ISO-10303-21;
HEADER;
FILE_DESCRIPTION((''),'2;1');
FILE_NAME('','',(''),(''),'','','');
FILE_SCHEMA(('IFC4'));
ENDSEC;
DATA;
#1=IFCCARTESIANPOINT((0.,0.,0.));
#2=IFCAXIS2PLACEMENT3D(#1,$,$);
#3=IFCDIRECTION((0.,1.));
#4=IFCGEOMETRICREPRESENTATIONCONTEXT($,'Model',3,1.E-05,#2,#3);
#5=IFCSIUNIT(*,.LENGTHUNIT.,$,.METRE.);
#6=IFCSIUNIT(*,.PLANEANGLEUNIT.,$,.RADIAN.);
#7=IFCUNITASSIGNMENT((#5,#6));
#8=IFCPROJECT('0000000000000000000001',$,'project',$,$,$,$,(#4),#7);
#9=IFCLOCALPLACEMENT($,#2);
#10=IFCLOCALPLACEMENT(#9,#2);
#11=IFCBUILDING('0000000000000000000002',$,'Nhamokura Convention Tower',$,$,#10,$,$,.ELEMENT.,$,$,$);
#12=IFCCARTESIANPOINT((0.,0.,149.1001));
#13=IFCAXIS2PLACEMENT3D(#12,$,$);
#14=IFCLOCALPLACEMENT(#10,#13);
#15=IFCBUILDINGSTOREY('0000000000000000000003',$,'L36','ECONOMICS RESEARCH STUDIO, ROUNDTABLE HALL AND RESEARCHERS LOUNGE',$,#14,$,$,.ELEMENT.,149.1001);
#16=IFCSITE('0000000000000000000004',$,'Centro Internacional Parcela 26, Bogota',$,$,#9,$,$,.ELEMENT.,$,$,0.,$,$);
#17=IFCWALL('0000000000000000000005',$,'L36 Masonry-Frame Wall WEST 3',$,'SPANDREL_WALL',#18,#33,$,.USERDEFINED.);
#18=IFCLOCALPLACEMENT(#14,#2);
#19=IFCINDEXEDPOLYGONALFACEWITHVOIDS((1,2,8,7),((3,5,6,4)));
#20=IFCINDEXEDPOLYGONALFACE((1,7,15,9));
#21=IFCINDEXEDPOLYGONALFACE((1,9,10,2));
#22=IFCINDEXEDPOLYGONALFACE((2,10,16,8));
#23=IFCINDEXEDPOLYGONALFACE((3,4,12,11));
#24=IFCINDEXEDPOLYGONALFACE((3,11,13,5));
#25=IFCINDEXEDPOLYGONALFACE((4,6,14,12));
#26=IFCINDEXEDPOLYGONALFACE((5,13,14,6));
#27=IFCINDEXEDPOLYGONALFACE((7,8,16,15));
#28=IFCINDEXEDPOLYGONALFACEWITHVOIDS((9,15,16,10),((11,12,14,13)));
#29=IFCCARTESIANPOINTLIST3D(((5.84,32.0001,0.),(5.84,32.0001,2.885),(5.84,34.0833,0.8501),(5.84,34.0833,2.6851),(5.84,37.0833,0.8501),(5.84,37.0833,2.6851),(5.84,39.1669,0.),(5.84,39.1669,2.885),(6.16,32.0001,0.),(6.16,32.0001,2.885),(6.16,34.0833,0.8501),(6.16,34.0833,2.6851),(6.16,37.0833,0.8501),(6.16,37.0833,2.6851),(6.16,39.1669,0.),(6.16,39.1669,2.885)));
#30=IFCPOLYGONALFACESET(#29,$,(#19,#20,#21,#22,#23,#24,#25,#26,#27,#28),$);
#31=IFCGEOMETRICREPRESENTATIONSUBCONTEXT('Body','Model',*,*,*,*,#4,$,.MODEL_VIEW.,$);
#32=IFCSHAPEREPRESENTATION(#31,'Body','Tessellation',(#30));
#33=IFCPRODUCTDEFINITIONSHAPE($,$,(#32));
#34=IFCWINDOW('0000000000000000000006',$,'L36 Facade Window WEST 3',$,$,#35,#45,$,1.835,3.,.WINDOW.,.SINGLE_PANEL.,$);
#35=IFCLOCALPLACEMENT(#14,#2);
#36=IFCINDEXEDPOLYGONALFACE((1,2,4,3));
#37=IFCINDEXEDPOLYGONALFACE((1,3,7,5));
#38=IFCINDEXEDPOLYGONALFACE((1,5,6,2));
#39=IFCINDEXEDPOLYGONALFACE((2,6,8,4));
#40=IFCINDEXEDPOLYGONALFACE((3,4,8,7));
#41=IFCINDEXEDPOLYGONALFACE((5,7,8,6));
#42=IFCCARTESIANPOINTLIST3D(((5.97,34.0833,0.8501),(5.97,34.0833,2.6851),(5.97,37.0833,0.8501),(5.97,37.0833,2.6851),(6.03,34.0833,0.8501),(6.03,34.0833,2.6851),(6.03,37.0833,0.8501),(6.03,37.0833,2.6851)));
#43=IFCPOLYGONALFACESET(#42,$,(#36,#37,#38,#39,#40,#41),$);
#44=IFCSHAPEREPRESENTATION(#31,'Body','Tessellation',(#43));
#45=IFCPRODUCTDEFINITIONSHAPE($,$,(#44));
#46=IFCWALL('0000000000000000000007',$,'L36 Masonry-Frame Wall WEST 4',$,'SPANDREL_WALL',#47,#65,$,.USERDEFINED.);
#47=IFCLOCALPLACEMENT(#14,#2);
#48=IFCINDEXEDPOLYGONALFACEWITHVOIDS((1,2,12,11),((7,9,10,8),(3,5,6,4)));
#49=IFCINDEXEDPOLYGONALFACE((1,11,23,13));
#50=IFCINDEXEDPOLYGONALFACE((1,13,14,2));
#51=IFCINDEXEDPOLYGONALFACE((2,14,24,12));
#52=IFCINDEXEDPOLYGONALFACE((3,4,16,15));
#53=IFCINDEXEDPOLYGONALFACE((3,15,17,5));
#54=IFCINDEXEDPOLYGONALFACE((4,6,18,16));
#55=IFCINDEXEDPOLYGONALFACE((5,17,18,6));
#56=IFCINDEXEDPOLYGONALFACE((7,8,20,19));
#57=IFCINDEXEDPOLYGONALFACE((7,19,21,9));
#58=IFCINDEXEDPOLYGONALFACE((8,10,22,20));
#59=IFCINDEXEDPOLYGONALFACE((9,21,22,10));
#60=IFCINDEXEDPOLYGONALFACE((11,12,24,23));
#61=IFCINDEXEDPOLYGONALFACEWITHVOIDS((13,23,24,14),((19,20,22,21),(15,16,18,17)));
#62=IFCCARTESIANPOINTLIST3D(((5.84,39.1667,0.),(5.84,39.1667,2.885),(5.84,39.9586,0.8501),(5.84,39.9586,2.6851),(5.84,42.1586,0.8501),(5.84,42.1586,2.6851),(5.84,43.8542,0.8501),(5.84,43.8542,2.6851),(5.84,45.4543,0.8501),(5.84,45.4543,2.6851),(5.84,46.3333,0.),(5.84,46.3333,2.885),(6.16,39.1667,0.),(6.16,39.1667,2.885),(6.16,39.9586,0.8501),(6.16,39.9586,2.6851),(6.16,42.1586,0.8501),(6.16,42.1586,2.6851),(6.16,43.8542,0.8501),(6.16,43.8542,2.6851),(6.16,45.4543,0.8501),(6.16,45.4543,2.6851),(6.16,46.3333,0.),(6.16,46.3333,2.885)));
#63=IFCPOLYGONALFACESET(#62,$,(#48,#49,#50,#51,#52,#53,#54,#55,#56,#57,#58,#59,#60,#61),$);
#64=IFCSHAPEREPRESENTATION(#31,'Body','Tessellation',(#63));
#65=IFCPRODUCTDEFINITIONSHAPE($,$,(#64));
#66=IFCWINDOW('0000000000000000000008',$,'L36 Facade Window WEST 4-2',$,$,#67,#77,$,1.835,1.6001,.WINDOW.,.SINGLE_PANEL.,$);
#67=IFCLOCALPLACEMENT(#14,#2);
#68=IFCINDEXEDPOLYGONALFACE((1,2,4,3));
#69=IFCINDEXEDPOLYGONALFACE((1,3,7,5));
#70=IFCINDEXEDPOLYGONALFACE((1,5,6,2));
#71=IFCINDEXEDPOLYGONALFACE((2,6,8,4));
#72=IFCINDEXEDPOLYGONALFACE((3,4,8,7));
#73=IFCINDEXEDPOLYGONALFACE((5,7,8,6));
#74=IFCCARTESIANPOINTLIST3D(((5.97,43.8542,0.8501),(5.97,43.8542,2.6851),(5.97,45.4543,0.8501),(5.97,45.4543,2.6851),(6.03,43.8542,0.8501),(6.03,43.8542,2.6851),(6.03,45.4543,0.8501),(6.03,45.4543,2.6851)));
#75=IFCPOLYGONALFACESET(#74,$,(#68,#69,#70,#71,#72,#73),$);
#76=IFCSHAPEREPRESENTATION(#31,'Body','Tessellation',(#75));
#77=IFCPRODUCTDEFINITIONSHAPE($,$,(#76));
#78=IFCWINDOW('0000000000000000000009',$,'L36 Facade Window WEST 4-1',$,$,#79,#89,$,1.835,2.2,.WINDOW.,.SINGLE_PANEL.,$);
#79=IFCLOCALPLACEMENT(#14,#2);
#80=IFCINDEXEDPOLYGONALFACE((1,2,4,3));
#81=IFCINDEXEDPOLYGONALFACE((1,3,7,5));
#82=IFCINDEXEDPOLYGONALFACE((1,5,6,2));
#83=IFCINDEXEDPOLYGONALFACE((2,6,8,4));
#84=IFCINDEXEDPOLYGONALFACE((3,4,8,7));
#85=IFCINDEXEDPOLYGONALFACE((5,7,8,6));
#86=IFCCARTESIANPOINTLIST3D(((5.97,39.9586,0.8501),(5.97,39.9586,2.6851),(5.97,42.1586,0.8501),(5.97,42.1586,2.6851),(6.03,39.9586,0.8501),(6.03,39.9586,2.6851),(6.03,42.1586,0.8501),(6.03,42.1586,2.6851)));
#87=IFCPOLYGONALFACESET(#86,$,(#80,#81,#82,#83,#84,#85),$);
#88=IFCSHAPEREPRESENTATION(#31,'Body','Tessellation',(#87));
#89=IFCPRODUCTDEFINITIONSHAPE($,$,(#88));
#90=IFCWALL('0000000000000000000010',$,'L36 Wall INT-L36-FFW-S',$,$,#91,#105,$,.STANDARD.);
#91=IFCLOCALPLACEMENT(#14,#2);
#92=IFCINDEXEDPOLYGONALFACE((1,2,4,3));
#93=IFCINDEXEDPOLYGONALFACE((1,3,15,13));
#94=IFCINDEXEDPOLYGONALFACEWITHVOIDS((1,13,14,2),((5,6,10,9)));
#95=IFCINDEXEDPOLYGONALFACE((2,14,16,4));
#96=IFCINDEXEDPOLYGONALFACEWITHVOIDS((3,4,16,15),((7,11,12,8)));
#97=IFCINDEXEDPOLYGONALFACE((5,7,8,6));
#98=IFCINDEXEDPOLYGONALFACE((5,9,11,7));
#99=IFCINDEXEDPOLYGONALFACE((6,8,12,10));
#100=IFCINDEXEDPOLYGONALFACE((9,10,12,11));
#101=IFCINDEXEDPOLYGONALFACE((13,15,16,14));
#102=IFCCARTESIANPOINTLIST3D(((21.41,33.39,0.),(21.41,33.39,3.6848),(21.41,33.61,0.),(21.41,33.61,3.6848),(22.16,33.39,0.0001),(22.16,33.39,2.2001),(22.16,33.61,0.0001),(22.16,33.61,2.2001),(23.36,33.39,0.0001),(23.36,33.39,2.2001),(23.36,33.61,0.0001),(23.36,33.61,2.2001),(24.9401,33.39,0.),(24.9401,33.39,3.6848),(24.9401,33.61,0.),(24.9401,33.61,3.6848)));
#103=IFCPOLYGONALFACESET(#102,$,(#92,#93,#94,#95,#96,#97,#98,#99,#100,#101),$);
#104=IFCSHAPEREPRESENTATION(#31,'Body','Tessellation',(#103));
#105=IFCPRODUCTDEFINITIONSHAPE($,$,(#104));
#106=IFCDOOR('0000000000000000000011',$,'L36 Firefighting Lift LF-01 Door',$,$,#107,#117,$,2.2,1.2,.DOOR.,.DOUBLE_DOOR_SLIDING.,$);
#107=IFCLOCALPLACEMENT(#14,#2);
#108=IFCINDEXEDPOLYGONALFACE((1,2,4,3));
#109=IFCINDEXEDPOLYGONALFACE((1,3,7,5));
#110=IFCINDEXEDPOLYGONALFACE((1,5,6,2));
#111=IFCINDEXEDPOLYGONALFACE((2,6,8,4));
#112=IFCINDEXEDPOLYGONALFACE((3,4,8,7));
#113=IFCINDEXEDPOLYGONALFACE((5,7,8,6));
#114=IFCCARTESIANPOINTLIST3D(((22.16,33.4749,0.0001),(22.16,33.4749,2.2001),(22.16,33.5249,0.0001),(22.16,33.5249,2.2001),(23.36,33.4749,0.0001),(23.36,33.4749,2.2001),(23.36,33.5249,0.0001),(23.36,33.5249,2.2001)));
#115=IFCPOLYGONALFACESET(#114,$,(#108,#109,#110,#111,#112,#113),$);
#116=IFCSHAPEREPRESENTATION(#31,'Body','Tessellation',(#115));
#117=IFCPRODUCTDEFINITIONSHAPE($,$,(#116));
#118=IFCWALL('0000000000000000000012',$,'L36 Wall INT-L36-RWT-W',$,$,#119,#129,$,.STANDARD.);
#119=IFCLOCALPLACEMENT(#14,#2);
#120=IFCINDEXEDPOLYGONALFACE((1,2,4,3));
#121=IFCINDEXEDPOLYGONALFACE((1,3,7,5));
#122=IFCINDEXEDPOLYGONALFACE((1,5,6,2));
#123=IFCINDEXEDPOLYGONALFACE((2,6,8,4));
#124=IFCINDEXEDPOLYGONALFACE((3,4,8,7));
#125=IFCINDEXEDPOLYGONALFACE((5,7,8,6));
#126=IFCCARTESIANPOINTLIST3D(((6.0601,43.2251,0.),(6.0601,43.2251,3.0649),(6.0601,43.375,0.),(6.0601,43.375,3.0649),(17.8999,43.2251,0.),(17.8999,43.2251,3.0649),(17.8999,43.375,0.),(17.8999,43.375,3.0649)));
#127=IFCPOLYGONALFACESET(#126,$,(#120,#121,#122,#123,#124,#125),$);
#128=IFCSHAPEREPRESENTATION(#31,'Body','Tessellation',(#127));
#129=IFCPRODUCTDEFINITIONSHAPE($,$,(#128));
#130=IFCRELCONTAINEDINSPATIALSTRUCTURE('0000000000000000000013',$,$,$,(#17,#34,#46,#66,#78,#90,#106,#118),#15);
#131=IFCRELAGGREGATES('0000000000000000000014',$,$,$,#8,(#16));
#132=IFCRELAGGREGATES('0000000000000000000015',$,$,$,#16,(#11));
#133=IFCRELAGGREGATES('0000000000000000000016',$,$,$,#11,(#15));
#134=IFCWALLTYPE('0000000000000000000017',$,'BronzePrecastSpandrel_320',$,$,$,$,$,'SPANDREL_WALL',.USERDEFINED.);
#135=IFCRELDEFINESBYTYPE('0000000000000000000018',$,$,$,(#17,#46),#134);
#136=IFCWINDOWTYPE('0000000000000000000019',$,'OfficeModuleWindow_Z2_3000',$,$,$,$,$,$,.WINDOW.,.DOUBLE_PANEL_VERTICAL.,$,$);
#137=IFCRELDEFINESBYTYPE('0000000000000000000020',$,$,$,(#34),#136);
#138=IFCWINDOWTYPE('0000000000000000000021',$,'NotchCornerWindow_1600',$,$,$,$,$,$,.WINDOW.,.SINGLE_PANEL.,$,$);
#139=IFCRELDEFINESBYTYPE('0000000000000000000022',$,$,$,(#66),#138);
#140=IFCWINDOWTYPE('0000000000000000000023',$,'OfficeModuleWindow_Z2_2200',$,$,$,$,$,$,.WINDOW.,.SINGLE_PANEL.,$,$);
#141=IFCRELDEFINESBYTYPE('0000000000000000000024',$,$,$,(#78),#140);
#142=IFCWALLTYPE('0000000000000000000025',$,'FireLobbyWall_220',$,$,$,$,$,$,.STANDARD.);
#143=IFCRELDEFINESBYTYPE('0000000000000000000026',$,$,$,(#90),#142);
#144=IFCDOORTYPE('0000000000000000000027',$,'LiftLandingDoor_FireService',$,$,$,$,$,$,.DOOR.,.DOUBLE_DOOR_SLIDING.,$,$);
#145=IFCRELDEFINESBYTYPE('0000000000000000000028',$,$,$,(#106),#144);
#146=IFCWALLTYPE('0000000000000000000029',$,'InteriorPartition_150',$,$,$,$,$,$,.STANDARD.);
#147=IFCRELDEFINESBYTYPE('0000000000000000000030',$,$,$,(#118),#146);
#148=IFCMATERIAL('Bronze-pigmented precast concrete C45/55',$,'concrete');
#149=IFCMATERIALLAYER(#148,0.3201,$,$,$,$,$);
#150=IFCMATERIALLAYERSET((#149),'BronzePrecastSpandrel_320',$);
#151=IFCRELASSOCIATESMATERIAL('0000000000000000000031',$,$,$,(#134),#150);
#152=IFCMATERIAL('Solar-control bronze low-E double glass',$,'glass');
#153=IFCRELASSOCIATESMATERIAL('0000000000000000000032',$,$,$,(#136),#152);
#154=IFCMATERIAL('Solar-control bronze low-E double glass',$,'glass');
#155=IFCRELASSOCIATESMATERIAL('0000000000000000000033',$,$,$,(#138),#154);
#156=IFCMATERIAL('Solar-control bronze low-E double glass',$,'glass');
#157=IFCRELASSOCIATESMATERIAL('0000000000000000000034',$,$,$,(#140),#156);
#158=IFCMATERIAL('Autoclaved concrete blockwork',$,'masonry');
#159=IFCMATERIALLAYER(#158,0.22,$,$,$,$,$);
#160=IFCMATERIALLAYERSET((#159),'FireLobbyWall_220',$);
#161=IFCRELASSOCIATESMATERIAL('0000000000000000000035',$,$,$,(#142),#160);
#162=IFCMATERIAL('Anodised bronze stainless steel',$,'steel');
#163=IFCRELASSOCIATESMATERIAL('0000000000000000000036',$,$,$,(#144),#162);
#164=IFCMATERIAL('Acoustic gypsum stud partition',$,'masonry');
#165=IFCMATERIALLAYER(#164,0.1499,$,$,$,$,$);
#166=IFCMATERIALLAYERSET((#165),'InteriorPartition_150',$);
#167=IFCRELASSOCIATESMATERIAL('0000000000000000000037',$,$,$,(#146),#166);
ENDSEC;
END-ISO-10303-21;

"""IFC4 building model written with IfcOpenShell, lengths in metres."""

from ifc_helpers import new_model, si_unit, direction, frame, frame_2d, origin, place, context, subcontext, project, spatial, rectangle, extrude, material, layer, layer_set, type_object, element, fill, save


model = new_model("IFC4")

# Units and contexts
model_context = context("Model", 3, precision=1e-05, world=origin(), true_north=direction((0.0, 1.0)))
body_context = subcontext(model_context, "Body", "Model", "MODEL_VIEW")
ifc_project = project(units=[si_unit("LENGTHUNIT", "METRE"), si_unit("PLANEANGLEUNIT", "RADIAN")], contexts=[model_context])

# Site, building, storey
site_placement = place(None, origin())
site = spatial("IfcSite", under=ifc_project, at=site_placement, Name="Centro Internacional Parcela 26, Bogota", CompositionType="ELEMENT", RefElevation=0.0)
building_placement = place(site_placement, origin())
building = spatial("IfcBuilding", under=site, at=building_placement, Name="Nhamokura Convention Tower", CompositionType="ELEMENT")
storey_placement = place(building_placement, frame((0.0, 0.0, 149.1001)))
storey = spatial("IfcBuildingStorey", under=building, at=storey_placement, Name="L36", Description="ECONOMICS RESEARCH STUDIO, ROUNDTABLE HALL AND RESEARCHERS LOUNGE", CompositionType="ELEMENT", Elevation=149.1001)

# Wall, opening, window
ifc_material_1 = material(Name="Bronze-pigmented precast concrete C45/55", Category="concrete")
ifc_layer_1 = layer(ifc_material_1, 0.3201)
ifc_layer_set_1 = layer_set([ifc_layer_1], Name="BronzePrecastSpandrel_320")
wall_type_1 = type_object("IfcWallType", Name="BronzePrecastSpandrel_320", ElementType="SPANDREL_WALL", PredefinedType="USERDEFINED", material=ifc_layer_set_1)
wall_1_placement = place(storey_placement, frame((6.0, 32.0, 0.0), z_axis=(0.0, 0.0, 1.0), x_axis=(0.0, 1.0, 0.0)))
wall_1 = element("IfcWall", 1, at=wall_1_placement, inside=storey, type_object=wall_type_1, Name="L36 Masonry-Frame Wall WEST 3", ObjectType="SPANDREL_WALL", PredefinedType="USERDEFINED", context=body_context, shape_type="SweptSolid", body=[
    extrude(rectangle(XDim=7.1667, YDim=0.3201, at=frame_2d((3.5835, 0.0))), origin(), (0.0, 0.0, 1.0), 2.885),
])
opening_1_placement = place(wall_1_placement, frame((2.0833, 0.0, 0.8501)))
opening_1 = element("IfcOpeningElement", 2, at=opening_1_placement, cuts=wall_1, PredefinedType="OPENING", context=body_context, shape_type="SweptSolid", body=[
    extrude(rectangle(XDim=3.0, YDim=1.835, at=frame_2d((1.5, 0.9175))), frame((0.0, 0.1699, 0.0), z_axis=(0.0, -1.0, 0.0), x_axis=(1.0, 0.0, 0.0)), (0.0, 0.0, 1.0), 0.3401),
])
ifc_material_2 = material(Name="Solar-control bronze low-E double glass", Category="glass")
window_type_1 = type_object("IfcWindowType", Name="OfficeModuleWindow_Z2_3000", PartitioningType="DOUBLE_PANEL_VERTICAL", PredefinedType="WINDOW", material=ifc_material_2)
window_1_placement = place(opening_1_placement, origin())
window_1 = element("IfcWindow", 3, at=window_1_placement, inside=storey, type_object=window_type_1, Name="L36 Facade Window WEST 3", OverallHeight=1.835, OverallWidth=3.0, PartitioningType="SINGLE_PANEL", PredefinedType="WINDOW", context=body_context, shape_type="SweptSolid", body=[
    extrude(rectangle(XDim=3.0, YDim=1.835, at=frame_2d((1.5, 0.9175))), frame((0.0, 0.03, 0.0), z_axis=(0.0, -1.0, 0.0), x_axis=(1.0, 0.0, 0.0)), (0.0, 0.0, 1.0), 0.0601),
])
fill(opening_1, window_1)

# Wall, openings, windows
wall_2_placement = place(storey_placement, frame((6.0, 39.1667, 0.0), z_axis=(0.0, 0.0, 1.0), x_axis=(0.0, 1.0, 0.0)))
wall_2 = element("IfcWall", 4, at=wall_2_placement, inside=storey, type_object=wall_type_1, Name="L36 Masonry-Frame Wall WEST 4", ObjectType="SPANDREL_WALL", PredefinedType="USERDEFINED", context=body_context, shape_type="SweptSolid", body=[
    extrude(rectangle(XDim=7.1665, YDim=0.3201, at=frame_2d((3.5833, 0.0))), origin(), (0.0, 0.0, 1.0), 2.885),
])
opening_2_placement = place(wall_2_placement, frame((0.7917, 0.0, 0.8501)))
opening_2 = element("IfcOpeningElement", 5, at=opening_2_placement, cuts=wall_2, PredefinedType="OPENING", context=body_context, shape_type="SweptSolid", body=[
    extrude(rectangle(XDim=2.2, YDim=1.835, at=frame_2d((1.1001, 0.9175))), frame((0.0, 0.1699, 0.0), z_axis=(0.0, -1.0, 0.0), x_axis=(1.0, 0.0, 0.0)), (0.0, 0.0, 1.0), 0.3401),
])
opening_3_placement = place(wall_2_placement, frame((4.6875, 0.0, 0.8501)))
opening_3 = element("IfcOpeningElement", 6, at=opening_3_placement, cuts=wall_2, PredefinedType="OPENING", context=body_context, shape_type="SweptSolid", body=[
    extrude(rectangle(XDim=1.6001, YDim=1.835, at=frame_2d((0.8, 0.9175))), frame((0.0, 0.1699, 0.0), z_axis=(0.0, -1.0, 0.0), x_axis=(1.0, 0.0, 0.0)), (0.0, 0.0, 1.0), 0.3401),
])
ifc_material_3 = material(Name="Solar-control bronze low-E double glass", Category="glass")
window_type_2 = type_object("IfcWindowType", Name="NotchCornerWindow_1600", PartitioningType="SINGLE_PANEL", PredefinedType="WINDOW", material=ifc_material_3)
window_2_placement = place(opening_3_placement, origin())
window_2 = element("IfcWindow", 7, at=window_2_placement, inside=storey, type_object=window_type_2, Name="L36 Facade Window WEST 4-2", OverallHeight=1.835, OverallWidth=1.6001, PartitioningType="SINGLE_PANEL", PredefinedType="WINDOW", context=body_context, shape_type="SweptSolid", body=[
    extrude(rectangle(XDim=1.6001, YDim=1.835, at=frame_2d((0.8, 0.9175))), frame((0.0, 0.03, 0.0), z_axis=(0.0, -1.0, 0.0), x_axis=(1.0, 0.0, 0.0)), (0.0, 0.0, 1.0), 0.0601),
])
fill(opening_3, window_2)
ifc_material_4 = material(Name="Solar-control bronze low-E double glass", Category="glass")
window_type_3 = type_object("IfcWindowType", Name="OfficeModuleWindow_Z2_2200", PartitioningType="SINGLE_PANEL", PredefinedType="WINDOW", material=ifc_material_4)
window_3_placement = place(opening_2_placement, origin())
window_3 = element("IfcWindow", 8, at=window_3_placement, inside=storey, type_object=window_type_3, Name="L36 Facade Window WEST 4-1", OverallHeight=1.835, OverallWidth=2.2, PartitioningType="SINGLE_PANEL", PredefinedType="WINDOW", context=body_context, shape_type="SweptSolid", body=[
    extrude(rectangle(XDim=2.2, YDim=1.835, at=frame_2d((1.1001, 0.9175))), frame((0.0, 0.03, 0.0), z_axis=(0.0, -1.0, 0.0), x_axis=(1.0, 0.0, 0.0)), (0.0, 0.0, 1.0), 0.0601),
])
fill(opening_2, window_3)

# Wall, opening, door
ifc_material_5 = material(Name="Autoclaved concrete blockwork", Category="masonry")
ifc_layer_2 = layer(ifc_material_5, 0.22)
ifc_layer_set_2 = layer_set([ifc_layer_2], Name="FireLobbyWall_220")
wall_type_2 = type_object("IfcWallType", Name="FireLobbyWall_220", PredefinedType="STANDARD", material=ifc_layer_set_2)
wall_3_placement = place(storey_placement, frame((21.4099, 33.5, 0.0), z_axis=(0.0, 0.0, 1.0), x_axis=(1.0, 0.0, 0.0)))
wall_3 = element("IfcWall", 9, at=wall_3_placement, inside=storey, type_object=wall_type_2, Name="L36 Wall INT-L36-FFW-S", PredefinedType="STANDARD", context=body_context, shape_type="SweptSolid", body=[
    extrude(rectangle(XDim=3.53, YDim=0.22, at=frame_2d((1.7651, 0.0))), origin(), (0.0, 0.0, 1.0), 3.6848),
])
opening_4_placement = place(wall_3_placement, frame((0.75, 0.0, 0.0)))
opening_4 = element("IfcOpeningElement", 10, at=opening_4_placement, cuts=wall_3, PredefinedType="OPENING", context=body_context, shape_type="SweptSolid", body=[
    extrude(rectangle(XDim=1.2, YDim=2.2, at=frame_2d((0.6001, 1.1001))), frame((0.0, 0.1199, 0.0), z_axis=(0.0, -1.0, 0.0), x_axis=(1.0, 0.0, 0.0)), (0.0, 0.0, 1.0), 0.24),
])
ifc_material_6 = material(Name="Anodised bronze stainless steel", Category="steel")
door_type = type_object("IfcDoorType", Name="LiftLandingDoor_FireService", OperationType="DOUBLE_DOOR_SLIDING", PredefinedType="DOOR", material=ifc_material_6)
door_placement = place(opening_4_placement, origin())
door = element("IfcDoor", 11, at=door_placement, inside=storey, type_object=door_type, Name="L36 Firefighting Lift LF-01 Door", OperationType="DOUBLE_DOOR_SLIDING", OverallHeight=2.2, OverallWidth=1.2, PredefinedType="DOOR", context=body_context, shape_type="SweptSolid", body=[
    extrude(rectangle(XDim=1.2, YDim=2.2, at=frame_2d((0.6001, 1.1001))), frame((0.0, 0.0249, 0.0), z_axis=(0.0, -1.0, 0.0), x_axis=(1.0, 0.0, 0.0)), (0.0, 0.0, 1.0), 0.05),
])
fill(opening_4, door)

# Wall
ifc_material_7 = material(Name="Acoustic gypsum stud partition", Category="masonry")
ifc_layer_3 = layer(ifc_material_7, 0.1499)
ifc_layer_set_3 = layer_set([ifc_layer_3], Name="InteriorPartition_150")
wall_type_3 = type_object("IfcWallType", Name="InteriorPartition_150", PredefinedType="STANDARD", material=ifc_layer_set_3)
wall_4_placement = place(storey_placement, frame((6.0601, 43.3, 0.0), z_axis=(0.0, 0.0, 1.0), x_axis=(1.0, 0.0, 0.0)))
element("IfcWall", 12, at=wall_4_placement, inside=storey, type_object=wall_type_3, Name="L36 Wall INT-L36-RWT-W", PredefinedType="STANDARD", context=body_context, shape_type="SweptSolid", body=[
    extrude(rectangle(XDim=11.8398, YDim=0.1499, at=frame_2d((5.9199, 0.0))), origin(), (0.0, 0.0, 1.0), 3.0649),
])

save(model, "model.ifc")
